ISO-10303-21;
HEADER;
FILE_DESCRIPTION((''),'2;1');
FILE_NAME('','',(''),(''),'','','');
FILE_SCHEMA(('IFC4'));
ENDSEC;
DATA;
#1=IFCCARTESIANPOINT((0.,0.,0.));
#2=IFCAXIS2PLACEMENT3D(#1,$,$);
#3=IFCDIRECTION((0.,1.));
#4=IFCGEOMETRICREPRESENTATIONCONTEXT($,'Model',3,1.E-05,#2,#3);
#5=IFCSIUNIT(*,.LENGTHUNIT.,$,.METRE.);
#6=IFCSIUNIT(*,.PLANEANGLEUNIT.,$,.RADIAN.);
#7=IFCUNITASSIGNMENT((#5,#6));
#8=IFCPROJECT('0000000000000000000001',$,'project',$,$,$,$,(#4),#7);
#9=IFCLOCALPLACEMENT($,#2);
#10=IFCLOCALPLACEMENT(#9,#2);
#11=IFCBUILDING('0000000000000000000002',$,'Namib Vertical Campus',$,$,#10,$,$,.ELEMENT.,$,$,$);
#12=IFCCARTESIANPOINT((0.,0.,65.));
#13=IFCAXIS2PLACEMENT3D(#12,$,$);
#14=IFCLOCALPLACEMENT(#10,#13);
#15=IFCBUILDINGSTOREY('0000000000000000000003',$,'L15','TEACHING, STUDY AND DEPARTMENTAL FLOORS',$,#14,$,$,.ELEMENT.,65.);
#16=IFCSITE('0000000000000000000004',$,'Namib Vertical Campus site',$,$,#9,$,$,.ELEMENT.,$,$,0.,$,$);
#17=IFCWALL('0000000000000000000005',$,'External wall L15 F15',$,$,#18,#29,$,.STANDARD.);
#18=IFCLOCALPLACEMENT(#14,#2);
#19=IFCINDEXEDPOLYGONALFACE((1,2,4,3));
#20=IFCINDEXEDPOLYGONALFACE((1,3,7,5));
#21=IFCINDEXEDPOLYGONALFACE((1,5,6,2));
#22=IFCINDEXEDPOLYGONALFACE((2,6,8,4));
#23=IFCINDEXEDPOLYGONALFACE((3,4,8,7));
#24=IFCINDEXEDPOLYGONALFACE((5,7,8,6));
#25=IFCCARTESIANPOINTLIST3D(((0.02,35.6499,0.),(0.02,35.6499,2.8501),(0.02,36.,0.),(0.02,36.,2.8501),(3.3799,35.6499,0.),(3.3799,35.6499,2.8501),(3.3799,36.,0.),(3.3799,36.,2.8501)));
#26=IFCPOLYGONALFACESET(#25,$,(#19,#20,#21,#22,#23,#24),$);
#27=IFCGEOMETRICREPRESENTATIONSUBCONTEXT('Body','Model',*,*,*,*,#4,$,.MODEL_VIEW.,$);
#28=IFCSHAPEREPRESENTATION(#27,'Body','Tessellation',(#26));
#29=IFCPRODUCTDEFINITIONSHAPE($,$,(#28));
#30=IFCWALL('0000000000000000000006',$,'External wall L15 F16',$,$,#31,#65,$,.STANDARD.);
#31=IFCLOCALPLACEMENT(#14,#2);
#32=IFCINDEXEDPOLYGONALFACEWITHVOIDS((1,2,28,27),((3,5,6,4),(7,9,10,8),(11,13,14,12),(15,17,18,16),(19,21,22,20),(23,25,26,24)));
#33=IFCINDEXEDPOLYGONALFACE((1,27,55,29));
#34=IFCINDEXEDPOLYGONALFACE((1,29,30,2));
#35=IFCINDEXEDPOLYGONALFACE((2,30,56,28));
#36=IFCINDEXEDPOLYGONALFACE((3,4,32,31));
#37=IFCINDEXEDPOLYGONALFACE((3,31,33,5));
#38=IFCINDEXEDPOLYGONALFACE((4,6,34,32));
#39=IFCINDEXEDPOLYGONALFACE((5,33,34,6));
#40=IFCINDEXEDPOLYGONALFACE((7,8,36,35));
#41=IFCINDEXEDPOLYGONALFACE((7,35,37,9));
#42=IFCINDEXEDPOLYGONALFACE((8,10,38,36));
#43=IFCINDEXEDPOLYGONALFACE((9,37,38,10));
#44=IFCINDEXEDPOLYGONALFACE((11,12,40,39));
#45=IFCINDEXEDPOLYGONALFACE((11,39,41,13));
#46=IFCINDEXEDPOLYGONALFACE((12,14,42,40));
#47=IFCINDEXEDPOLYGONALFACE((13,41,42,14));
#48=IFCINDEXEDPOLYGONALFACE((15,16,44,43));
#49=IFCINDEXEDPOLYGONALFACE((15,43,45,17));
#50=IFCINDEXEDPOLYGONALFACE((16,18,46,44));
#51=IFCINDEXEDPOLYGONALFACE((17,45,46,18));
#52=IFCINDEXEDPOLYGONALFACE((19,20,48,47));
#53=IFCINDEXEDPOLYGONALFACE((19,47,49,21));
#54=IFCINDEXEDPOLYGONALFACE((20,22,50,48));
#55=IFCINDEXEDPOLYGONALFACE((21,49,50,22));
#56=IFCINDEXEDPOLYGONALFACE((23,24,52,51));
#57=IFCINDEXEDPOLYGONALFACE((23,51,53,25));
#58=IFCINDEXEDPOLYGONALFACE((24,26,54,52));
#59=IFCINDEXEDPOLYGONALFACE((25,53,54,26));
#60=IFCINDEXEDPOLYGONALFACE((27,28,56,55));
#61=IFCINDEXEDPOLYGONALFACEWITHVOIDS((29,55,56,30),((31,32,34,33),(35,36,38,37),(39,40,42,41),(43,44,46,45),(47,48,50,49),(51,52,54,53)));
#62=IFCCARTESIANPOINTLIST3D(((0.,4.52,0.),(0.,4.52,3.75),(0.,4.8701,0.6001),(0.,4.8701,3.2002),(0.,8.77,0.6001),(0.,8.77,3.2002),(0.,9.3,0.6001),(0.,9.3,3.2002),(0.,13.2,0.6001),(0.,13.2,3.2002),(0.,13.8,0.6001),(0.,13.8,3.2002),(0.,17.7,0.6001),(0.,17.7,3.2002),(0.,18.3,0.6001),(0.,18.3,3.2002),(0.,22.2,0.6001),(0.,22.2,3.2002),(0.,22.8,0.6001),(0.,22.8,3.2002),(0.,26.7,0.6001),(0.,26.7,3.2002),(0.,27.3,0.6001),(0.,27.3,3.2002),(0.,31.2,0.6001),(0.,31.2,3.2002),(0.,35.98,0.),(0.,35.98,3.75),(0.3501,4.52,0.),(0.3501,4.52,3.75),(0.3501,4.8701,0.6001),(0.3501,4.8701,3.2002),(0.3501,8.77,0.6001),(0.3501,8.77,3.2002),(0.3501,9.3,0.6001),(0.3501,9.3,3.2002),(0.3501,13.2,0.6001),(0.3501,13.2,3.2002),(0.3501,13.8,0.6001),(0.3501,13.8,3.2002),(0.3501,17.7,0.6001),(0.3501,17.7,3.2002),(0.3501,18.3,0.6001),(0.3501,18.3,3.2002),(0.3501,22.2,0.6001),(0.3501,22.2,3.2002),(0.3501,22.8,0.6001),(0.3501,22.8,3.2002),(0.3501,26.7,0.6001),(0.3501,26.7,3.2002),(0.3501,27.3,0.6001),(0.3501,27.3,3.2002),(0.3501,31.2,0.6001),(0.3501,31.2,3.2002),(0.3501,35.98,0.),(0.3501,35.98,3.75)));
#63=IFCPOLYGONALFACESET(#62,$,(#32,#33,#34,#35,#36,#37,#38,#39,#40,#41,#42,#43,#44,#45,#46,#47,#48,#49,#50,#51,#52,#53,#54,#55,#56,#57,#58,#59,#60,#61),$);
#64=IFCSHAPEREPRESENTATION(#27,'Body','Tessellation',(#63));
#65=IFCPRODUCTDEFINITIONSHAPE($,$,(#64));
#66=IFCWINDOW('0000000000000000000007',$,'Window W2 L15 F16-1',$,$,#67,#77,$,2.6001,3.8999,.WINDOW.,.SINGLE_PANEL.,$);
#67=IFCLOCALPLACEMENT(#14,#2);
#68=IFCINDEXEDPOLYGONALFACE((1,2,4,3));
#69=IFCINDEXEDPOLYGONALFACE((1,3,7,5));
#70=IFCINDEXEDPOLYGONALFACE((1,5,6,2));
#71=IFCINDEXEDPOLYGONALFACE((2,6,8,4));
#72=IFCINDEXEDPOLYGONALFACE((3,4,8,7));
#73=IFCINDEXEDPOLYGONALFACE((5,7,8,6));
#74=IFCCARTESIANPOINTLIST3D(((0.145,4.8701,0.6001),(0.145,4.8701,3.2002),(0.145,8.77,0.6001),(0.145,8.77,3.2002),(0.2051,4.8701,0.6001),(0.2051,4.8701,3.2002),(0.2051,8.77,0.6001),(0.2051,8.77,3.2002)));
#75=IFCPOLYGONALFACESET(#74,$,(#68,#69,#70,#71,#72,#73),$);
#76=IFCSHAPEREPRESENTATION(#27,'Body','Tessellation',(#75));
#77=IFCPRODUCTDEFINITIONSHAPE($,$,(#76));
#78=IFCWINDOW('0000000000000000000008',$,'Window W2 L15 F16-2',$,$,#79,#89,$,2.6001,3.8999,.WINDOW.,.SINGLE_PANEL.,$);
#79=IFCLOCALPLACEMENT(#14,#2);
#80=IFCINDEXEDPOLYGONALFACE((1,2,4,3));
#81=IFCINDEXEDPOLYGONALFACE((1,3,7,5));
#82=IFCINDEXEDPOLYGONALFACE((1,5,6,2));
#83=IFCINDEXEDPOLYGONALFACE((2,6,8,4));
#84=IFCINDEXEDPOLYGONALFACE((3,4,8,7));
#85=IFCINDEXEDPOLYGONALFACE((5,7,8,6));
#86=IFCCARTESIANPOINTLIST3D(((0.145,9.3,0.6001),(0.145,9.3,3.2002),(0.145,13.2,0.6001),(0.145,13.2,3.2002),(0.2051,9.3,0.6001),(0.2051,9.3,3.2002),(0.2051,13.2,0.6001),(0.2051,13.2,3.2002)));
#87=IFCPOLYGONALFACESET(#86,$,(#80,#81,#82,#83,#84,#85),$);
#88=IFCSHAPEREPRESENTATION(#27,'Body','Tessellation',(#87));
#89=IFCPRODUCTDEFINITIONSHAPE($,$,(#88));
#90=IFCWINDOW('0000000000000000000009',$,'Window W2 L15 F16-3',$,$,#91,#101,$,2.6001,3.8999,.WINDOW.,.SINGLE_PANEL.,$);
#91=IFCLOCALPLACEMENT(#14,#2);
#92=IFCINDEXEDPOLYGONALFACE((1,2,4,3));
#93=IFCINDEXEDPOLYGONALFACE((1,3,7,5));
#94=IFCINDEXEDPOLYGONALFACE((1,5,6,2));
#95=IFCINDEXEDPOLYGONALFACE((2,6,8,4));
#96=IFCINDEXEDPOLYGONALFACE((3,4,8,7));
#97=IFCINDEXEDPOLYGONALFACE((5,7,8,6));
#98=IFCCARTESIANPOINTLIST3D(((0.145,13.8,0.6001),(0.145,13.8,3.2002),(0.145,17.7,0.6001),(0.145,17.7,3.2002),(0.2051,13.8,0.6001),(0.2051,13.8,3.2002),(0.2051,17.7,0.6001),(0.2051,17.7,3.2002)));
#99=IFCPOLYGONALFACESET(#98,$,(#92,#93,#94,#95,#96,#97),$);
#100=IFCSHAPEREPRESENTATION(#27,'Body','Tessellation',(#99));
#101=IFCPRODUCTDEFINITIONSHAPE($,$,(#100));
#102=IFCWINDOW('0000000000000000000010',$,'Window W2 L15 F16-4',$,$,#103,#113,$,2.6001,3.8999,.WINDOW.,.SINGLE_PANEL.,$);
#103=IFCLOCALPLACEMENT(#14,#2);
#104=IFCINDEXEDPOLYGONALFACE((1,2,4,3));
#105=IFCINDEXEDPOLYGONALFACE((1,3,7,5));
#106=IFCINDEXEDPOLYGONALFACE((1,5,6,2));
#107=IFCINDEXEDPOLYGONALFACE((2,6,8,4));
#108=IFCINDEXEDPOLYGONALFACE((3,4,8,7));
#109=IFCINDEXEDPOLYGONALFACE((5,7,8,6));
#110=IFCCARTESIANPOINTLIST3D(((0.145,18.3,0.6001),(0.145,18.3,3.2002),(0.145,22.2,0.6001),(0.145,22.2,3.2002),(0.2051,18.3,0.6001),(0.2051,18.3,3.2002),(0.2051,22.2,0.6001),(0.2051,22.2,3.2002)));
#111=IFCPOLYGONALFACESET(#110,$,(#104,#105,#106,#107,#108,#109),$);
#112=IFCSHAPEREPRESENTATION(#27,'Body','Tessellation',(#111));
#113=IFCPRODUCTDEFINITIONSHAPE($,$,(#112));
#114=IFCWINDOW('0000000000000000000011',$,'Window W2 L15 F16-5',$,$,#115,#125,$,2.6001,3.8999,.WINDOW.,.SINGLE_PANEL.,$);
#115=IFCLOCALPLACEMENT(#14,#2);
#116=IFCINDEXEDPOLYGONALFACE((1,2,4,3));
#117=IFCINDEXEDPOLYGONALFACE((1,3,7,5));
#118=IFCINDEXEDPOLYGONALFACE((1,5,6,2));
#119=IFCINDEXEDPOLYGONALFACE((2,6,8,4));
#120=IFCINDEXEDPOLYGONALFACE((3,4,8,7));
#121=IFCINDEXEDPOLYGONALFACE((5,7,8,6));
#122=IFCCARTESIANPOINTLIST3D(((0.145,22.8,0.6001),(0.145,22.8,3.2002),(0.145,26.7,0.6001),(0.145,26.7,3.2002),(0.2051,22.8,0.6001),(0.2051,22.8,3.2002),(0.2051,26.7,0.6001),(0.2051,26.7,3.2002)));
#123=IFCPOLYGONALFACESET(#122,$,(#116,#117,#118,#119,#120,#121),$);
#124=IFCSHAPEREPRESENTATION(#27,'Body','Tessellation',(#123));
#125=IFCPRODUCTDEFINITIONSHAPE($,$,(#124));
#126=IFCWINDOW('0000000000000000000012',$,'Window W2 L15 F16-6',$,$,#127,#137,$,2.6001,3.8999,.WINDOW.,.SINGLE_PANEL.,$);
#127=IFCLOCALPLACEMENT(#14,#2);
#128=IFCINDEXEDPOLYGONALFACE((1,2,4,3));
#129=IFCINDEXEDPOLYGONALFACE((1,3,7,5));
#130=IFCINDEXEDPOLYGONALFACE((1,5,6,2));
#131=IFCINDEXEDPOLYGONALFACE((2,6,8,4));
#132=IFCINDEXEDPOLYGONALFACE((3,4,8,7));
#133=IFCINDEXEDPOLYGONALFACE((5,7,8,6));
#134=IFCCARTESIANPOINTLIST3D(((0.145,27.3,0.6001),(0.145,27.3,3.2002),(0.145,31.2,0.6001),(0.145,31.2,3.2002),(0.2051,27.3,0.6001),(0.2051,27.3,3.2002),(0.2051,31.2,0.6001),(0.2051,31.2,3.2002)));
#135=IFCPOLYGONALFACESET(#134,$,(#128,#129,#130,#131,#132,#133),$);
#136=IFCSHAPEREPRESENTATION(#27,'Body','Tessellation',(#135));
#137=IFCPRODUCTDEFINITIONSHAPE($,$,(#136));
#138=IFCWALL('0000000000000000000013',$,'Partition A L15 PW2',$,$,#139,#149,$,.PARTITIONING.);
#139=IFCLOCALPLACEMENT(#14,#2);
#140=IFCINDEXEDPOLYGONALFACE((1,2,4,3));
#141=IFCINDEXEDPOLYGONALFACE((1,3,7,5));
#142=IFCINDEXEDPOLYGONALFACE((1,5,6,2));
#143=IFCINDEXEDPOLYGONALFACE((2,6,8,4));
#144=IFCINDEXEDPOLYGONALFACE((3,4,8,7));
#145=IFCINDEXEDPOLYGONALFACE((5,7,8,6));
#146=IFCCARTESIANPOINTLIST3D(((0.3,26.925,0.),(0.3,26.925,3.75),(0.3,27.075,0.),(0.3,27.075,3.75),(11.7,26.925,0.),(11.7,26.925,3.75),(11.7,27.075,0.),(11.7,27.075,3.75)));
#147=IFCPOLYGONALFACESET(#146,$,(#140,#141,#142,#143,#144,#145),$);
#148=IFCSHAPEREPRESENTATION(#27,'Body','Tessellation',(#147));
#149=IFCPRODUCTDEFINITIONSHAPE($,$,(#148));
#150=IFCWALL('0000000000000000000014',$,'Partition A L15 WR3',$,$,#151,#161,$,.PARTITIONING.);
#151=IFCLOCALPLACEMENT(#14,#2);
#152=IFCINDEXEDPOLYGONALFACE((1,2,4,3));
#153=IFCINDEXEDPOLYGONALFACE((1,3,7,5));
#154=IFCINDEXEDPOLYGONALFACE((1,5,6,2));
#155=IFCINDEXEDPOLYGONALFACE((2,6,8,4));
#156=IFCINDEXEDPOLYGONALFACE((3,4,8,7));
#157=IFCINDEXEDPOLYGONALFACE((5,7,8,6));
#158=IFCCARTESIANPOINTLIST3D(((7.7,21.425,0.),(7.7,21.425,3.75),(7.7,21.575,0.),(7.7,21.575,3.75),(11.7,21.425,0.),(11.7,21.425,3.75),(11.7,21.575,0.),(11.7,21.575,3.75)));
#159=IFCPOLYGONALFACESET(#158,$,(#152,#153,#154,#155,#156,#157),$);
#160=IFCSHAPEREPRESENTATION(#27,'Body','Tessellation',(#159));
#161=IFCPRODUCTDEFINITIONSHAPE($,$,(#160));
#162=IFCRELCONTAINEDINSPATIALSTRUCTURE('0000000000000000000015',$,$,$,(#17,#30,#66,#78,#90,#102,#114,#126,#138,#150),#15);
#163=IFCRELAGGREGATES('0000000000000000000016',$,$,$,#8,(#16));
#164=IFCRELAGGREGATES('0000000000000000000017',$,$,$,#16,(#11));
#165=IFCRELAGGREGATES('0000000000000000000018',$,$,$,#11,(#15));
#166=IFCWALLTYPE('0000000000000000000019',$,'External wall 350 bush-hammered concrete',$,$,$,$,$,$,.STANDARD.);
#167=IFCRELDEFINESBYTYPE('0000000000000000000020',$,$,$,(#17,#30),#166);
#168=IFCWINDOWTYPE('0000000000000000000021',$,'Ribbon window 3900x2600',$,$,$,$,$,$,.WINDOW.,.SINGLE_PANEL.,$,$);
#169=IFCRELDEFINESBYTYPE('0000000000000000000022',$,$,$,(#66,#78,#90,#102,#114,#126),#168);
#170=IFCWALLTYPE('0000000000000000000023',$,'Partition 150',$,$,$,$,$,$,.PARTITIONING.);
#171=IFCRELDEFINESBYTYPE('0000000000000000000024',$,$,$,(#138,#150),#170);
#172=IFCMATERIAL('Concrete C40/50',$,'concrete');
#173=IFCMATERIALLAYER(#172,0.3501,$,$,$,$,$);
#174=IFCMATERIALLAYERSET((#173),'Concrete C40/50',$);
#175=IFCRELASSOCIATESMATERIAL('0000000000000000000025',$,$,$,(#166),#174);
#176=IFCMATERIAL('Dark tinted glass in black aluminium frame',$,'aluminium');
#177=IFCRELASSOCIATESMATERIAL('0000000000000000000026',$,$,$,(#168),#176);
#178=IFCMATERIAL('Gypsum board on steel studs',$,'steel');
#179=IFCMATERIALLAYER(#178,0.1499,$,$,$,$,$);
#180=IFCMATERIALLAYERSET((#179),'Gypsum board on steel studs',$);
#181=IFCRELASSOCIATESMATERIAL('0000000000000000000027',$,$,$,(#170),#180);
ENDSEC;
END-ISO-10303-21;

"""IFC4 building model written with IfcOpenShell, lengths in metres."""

from ifc_helpers import new_model, si_unit, direction, frame, frame_2d, origin, place, context, subcontext, project, spatial, rectangle, extrude, material, layer, layer_set, type_object, element, fill, save


model = new_model("IFC4")

# Units and contexts
model_context = context("Model", 3, precision=1e-05, world=origin(), true_north=direction((0.0, 1.0)))
body_context = subcontext(model_context, "Body", "Model", "MODEL_VIEW")
ifc_project = project(units=[si_unit("LENGTHUNIT", "METRE"), si_unit("PLANEANGLEUNIT", "RADIAN")], contexts=[model_context])

# Site, building, storey
site_placement = place(None, origin())
site = spatial("IfcSite", under=ifc_project, at=site_placement, Name="Namib Vertical Campus site", CompositionType="ELEMENT", RefElevation=0.0)
building_placement = place(site_placement, origin())
building = spatial("IfcBuilding", under=site, at=building_placement, Name="Namib Vertical Campus", CompositionType="ELEMENT")
storey_placement = place(building_placement, frame((0.0, 0.0, 65.0)))
storey = spatial("IfcBuildingStorey", under=building, at=storey_placement, Name="L15", Description="TEACHING, STUDY AND DEPARTMENTAL FLOORS", CompositionType="ELEMENT", Elevation=65.0)

# Wall
ifc_material_1 = material(Name="Concrete C40/50", Category="concrete")
ifc_layer_1 = layer(ifc_material_1, 0.3501)
ifc_layer_set_1 = layer_set([ifc_layer_1], Name="Concrete C40/50")
wall_type_1 = type_object("IfcWallType", Name="External wall 350 bush-hammered concrete", PredefinedType="STANDARD", material=ifc_layer_set_1)
wall_1_placement = place(storey_placement, frame((3.3799, 35.825, 0.0), z_axis=(0.0, 0.0, 1.0), x_axis=(-1.0, 0.0, 0.0)))
element("IfcWall", 1, at=wall_1_placement, inside=storey, type_object=wall_type_1, Name="External wall L15 F15", PredefinedType="STANDARD", context=body_context, shape_type="SweptSolid", body=[
    extrude(rectangle(XDim=3.3599, YDim=0.3501, at=frame_2d((1.6799, 0.0))), origin(), (0.0, 0.0, 1.0), 2.8501),
])

# Wall, openings, windows
wall_2_placement = place(storey_placement, frame((0.175, 35.98, 0.0), z_axis=(0.0, 0.0, 1.0), x_axis=(0.0, -1.0, 0.0)))
wall_2 = element("IfcWall", 2, at=wall_2_placement, inside=storey, type_object=wall_type_1, Name="External wall L15 F16", PredefinedType="STANDARD", context=body_context, shape_type="SweptSolid", body=[
    extrude(rectangle(XDim=31.46, YDim=0.3501, at=frame_2d((15.73, 0.0))), origin(), (0.0, 0.0, 1.0), 3.75),
])
opening_1_placement = place(wall_2_placement, frame((27.21, 0.0, 0.6001)))
opening_1 = element("IfcOpeningElement", 3, at=opening_1_placement, cuts=wall_2, PredefinedType="OPENING", context=body_context, shape_type="SweptSolid", body=[
    extrude(rectangle(XDim=3.8999, YDim=2.6001, at=frame_2d((1.95, 1.3))), frame((0.0, 0.1851, 0.0), z_axis=(0.0, -1.0, 0.0), x_axis=(1.0, 0.0, 0.0)), (0.0, 0.0, 1.0), 0.3701),
])
opening_2_placement = place(wall_2_placement, frame((22.78, 0.0, 0.6001)))
opening_2 = element("IfcOpeningElement", 4, at=opening_2_placement, cuts=wall_2, PredefinedType="OPENING", context=body_context, shape_type="SweptSolid", body=[
    extrude(rectangle(XDim=3.8999, YDim=2.6001, at=frame_2d((1.95, 1.3))), frame((0.0, 0.1851, 0.0), z_axis=(0.0, -1.0, 0.0), x_axis=(1.0, 0.0, 0.0)), (0.0, 0.0, 1.0), 0.3701),
])
opening_3_placement = place(wall_2_placement, frame((18.28, 0.0, 0.6001)))
opening_3 = element("IfcOpeningElement", 5, at=opening_3_placement, cuts=wall_2, PredefinedType="OPENING", context=body_context, shape_type="SweptSolid", body=[
    extrude(rectangle(XDim=3.8999, YDim=2.6001, at=frame_2d((1.95, 1.3))), frame((0.0, 0.1851, 0.0), z_axis=(0.0, -1.0, 0.0), x_axis=(1.0, 0.0, 0.0)), (0.0, 0.0, 1.0), 0.3701),
])
opening_4_placement = place(wall_2_placement, frame((13.78, 0.0, 0.6001)))
opening_4 = element("IfcOpeningElement", 6, at=opening_4_placement, cuts=wall_2, PredefinedType="OPENING", context=body_context, shape_type="SweptSolid", body=[
    extrude(rectangle(XDim=3.8999, YDim=2.6001, at=frame_2d((1.95, 1.3))), frame((0.0, 0.1851, 0.0), z_axis=(0.0, -1.0, 0.0), x_axis=(1.0, 0.0, 0.0)), (0.0, 0.0, 1.0), 0.3701),
])
opening_5_placement = place(wall_2_placement, frame((9.28, 0.0, 0.6001)))
opening_5 = element("IfcOpeningElement", 7, at=opening_5_placement, cuts=wall_2, PredefinedType="OPENING", context=body_context, shape_type="SweptSolid", body=[
    extrude(rectangle(XDim=3.8999, YDim=2.6001, at=frame_2d((1.95, 1.3))), frame((0.0, 0.1851, 0.0), z_axis=(0.0, -1.0, 0.0), x_axis=(1.0, 0.0, 0.0)), (0.0, 0.0, 1.0), 0.3701),
])
opening_6_placement = place(wall_2_placement, frame((4.78, 0.0, 0.6001)))
opening_6 = element("IfcOpeningElement", 8, at=opening_6_placement, cuts=wall_2, PredefinedType="OPENING", context=body_context, shape_type="SweptSolid", body=[
    extrude(rectangle(XDim=3.8999, YDim=2.6001, at=frame_2d((1.95, 1.3))), frame((0.0, 0.1851, 0.0), z_axis=(0.0, -1.0, 0.0), x_axis=(1.0, 0.0, 0.0)), (0.0, 0.0, 1.0), 0.3701),
])
ifc_material_2 = material(Name="Dark tinted glass in black aluminium frame", Category="aluminium")
window_type = type_object("IfcWindowType", Name="Ribbon window 3900x2600", PartitioningType="SINGLE_PANEL", PredefinedType="WINDOW", material=ifc_material_2)
window_1_placement = place(opening_1_placement, origin())
window_1 = element("IfcWindow", 9, at=window_1_placement, inside=storey, type_object=window_type, Name="Window W2 L15 F16-1", OverallHeight=2.6001, OverallWidth=3.8999, PartitioningType="SINGLE_PANEL", PredefinedType="WINDOW", context=body_context, shape_type="SweptSolid", body=[
    extrude(rectangle(XDim=3.8999, YDim=2.6001, at=frame_2d((1.95, 1.3))), frame((0.0, 0.03, 0.0), z_axis=(0.0, -1.0, 0.0), x_axis=(1.0, 0.0, 0.0)), (0.0, 0.0, 1.0), 0.0601),
])
fill(opening_1, window_1)
window_2_placement = place(opening_2_placement, origin())
window_2 = element("IfcWindow", 10, at=window_2_placement, inside=storey, type_object=window_type, Name="Window W2 L15 F16-2", OverallHeight=2.6001, OverallWidth=3.8999, PartitioningType="SINGLE_PANEL", PredefinedType="WINDOW", context=body_context, shape_type="SweptSolid", body=[
    extrude(rectangle(XDim=3.8999, YDim=2.6001, at=frame_2d((1.95, 1.3))), frame((0.0, 0.03, 0.0), z_axis=(0.0, -1.0, 0.0), x_axis=(1.0, 0.0, 0.0)), (0.0, 0.0, 1.0), 0.0601),
])
fill(opening_2, window_2)
window_3_placement = place(opening_3_placement, origin())
window_3 = element("IfcWindow", 11, at=window_3_placement, inside=storey, type_object=window_type, Name="Window W2 L15 F16-3", OverallHeight=2.6001, OverallWidth=3.8999, PartitioningType="SINGLE_PANEL", PredefinedType="WINDOW", context=body_context, shape_type="SweptSolid", body=[
    extrude(rectangle(XDim=3.8999, YDim=2.6001, at=frame_2d((1.95, 1.3))), frame((0.0, 0.03, 0.0), z_axis=(0.0, -1.0, 0.0), x_axis=(1.0, 0.0, 0.0)), (0.0, 0.0, 1.0), 0.0601),
])
fill(opening_3, window_3)
window_4_placement = place(opening_4_placement, origin())
window_4 = element("IfcWindow", 12, at=window_4_placement, inside=storey, type_object=window_type, Name="Window W2 L15 F16-4", OverallHeight=2.6001, OverallWidth=3.8999, PartitioningType="SINGLE_PANEL", PredefinedType="WINDOW", context=body_context, shape_type="SweptSolid", body=[
    extrude(rectangle(XDim=3.8999, YDim=2.6001, at=frame_2d((1.95, 1.3))), frame((0.0, 0.03, 0.0), z_axis=(0.0, -1.0, 0.0), x_axis=(1.0, 0.0, 0.0)), (0.0, 0.0, 1.0), 0.0601),
])
fill(opening_4, window_4)
window_5_placement = place(opening_5_placement, origin())
window_5 = element("IfcWindow", 13, at=window_5_placement, inside=storey, type_object=window_type, Name="Window W2 L15 F16-5", OverallHeight=2.6001, OverallWidth=3.8999, PartitioningType="SINGLE_PANEL", PredefinedType="WINDOW", context=body_context, shape_type="SweptSolid", body=[
    extrude(rectangle(XDim=3.8999, YDim=2.6001, at=frame_2d((1.95, 1.3))), frame((0.0, 0.03, 0.0), z_axis=(0.0, -1.0, 0.0), x_axis=(1.0, 0.0, 0.0)), (0.0, 0.0, 1.0), 0.0601),
])
fill(opening_5, window_5)
window_6_placement = place(opening_6_placement, origin())
window_6 = element("IfcWindow", 14, at=window_6_placement, inside=storey, type_object=window_type, Name="Window W2 L15 F16-6", OverallHeight=2.6001, OverallWidth=3.8999, PartitioningType="SINGLE_PANEL", PredefinedType="WINDOW", context=body_context, shape_type="SweptSolid", body=[
    extrude(rectangle(XDim=3.8999, YDim=2.6001, at=frame_2d((1.95, 1.3))), frame((0.0, 0.03, 0.0), z_axis=(0.0, -1.0, 0.0), x_axis=(1.0, 0.0, 0.0)), (0.0, 0.0, 1.0), 0.0601),
])
fill(opening_6, window_6)

# Walls
ifc_material_3 = material(Name="Gypsum board on steel studs", Category="steel")
ifc_layer_2 = layer(ifc_material_3, 0.1499)
ifc_layer_set_2 = layer_set([ifc_layer_2], Name="Gypsum board on steel studs")
wall_type_2 = type_object("IfcWallType", Name="Partition 150", PredefinedType="PARTITIONING", material=ifc_layer_set_2)
wall_3_placement = place(storey_placement, frame((0.3, 27.0, 0.0), z_axis=(0.0, 0.0, 1.0), x_axis=(1.0, 0.0, 0.0)))
element("IfcWall", 15, at=wall_3_placement, inside=storey, type_object=wall_type_2, Name="Partition A L15 PW2", PredefinedType="PARTITIONING", context=body_context, shape_type="SweptSolid", body=[
    extrude(rectangle(XDim=11.3999, YDim=0.1499, at=frame_2d((5.7, 0.0))), origin(), (0.0, 0.0, 1.0), 3.75),
])
wall_4_placement = place(storey_placement, frame((11.7, 21.5, 0.0), z_axis=(0.0, 0.0, 1.0), x_axis=(-1.0, 0.0, 0.0)))
element("IfcWall", 16, at=wall_4_placement, inside=storey, type_object=wall_type_2, Name="Partition A L15 WR3", PredefinedType="PARTITIONING", context=body_context, shape_type="SweptSolid", body=[
    extrude(rectangle(XDim=4.0, YDim=0.1499, at=frame_2d((2.0, 0.0))), origin(), (0.0, 0.0, 1.0), 3.75),
])

save(model, "model.ifc")
